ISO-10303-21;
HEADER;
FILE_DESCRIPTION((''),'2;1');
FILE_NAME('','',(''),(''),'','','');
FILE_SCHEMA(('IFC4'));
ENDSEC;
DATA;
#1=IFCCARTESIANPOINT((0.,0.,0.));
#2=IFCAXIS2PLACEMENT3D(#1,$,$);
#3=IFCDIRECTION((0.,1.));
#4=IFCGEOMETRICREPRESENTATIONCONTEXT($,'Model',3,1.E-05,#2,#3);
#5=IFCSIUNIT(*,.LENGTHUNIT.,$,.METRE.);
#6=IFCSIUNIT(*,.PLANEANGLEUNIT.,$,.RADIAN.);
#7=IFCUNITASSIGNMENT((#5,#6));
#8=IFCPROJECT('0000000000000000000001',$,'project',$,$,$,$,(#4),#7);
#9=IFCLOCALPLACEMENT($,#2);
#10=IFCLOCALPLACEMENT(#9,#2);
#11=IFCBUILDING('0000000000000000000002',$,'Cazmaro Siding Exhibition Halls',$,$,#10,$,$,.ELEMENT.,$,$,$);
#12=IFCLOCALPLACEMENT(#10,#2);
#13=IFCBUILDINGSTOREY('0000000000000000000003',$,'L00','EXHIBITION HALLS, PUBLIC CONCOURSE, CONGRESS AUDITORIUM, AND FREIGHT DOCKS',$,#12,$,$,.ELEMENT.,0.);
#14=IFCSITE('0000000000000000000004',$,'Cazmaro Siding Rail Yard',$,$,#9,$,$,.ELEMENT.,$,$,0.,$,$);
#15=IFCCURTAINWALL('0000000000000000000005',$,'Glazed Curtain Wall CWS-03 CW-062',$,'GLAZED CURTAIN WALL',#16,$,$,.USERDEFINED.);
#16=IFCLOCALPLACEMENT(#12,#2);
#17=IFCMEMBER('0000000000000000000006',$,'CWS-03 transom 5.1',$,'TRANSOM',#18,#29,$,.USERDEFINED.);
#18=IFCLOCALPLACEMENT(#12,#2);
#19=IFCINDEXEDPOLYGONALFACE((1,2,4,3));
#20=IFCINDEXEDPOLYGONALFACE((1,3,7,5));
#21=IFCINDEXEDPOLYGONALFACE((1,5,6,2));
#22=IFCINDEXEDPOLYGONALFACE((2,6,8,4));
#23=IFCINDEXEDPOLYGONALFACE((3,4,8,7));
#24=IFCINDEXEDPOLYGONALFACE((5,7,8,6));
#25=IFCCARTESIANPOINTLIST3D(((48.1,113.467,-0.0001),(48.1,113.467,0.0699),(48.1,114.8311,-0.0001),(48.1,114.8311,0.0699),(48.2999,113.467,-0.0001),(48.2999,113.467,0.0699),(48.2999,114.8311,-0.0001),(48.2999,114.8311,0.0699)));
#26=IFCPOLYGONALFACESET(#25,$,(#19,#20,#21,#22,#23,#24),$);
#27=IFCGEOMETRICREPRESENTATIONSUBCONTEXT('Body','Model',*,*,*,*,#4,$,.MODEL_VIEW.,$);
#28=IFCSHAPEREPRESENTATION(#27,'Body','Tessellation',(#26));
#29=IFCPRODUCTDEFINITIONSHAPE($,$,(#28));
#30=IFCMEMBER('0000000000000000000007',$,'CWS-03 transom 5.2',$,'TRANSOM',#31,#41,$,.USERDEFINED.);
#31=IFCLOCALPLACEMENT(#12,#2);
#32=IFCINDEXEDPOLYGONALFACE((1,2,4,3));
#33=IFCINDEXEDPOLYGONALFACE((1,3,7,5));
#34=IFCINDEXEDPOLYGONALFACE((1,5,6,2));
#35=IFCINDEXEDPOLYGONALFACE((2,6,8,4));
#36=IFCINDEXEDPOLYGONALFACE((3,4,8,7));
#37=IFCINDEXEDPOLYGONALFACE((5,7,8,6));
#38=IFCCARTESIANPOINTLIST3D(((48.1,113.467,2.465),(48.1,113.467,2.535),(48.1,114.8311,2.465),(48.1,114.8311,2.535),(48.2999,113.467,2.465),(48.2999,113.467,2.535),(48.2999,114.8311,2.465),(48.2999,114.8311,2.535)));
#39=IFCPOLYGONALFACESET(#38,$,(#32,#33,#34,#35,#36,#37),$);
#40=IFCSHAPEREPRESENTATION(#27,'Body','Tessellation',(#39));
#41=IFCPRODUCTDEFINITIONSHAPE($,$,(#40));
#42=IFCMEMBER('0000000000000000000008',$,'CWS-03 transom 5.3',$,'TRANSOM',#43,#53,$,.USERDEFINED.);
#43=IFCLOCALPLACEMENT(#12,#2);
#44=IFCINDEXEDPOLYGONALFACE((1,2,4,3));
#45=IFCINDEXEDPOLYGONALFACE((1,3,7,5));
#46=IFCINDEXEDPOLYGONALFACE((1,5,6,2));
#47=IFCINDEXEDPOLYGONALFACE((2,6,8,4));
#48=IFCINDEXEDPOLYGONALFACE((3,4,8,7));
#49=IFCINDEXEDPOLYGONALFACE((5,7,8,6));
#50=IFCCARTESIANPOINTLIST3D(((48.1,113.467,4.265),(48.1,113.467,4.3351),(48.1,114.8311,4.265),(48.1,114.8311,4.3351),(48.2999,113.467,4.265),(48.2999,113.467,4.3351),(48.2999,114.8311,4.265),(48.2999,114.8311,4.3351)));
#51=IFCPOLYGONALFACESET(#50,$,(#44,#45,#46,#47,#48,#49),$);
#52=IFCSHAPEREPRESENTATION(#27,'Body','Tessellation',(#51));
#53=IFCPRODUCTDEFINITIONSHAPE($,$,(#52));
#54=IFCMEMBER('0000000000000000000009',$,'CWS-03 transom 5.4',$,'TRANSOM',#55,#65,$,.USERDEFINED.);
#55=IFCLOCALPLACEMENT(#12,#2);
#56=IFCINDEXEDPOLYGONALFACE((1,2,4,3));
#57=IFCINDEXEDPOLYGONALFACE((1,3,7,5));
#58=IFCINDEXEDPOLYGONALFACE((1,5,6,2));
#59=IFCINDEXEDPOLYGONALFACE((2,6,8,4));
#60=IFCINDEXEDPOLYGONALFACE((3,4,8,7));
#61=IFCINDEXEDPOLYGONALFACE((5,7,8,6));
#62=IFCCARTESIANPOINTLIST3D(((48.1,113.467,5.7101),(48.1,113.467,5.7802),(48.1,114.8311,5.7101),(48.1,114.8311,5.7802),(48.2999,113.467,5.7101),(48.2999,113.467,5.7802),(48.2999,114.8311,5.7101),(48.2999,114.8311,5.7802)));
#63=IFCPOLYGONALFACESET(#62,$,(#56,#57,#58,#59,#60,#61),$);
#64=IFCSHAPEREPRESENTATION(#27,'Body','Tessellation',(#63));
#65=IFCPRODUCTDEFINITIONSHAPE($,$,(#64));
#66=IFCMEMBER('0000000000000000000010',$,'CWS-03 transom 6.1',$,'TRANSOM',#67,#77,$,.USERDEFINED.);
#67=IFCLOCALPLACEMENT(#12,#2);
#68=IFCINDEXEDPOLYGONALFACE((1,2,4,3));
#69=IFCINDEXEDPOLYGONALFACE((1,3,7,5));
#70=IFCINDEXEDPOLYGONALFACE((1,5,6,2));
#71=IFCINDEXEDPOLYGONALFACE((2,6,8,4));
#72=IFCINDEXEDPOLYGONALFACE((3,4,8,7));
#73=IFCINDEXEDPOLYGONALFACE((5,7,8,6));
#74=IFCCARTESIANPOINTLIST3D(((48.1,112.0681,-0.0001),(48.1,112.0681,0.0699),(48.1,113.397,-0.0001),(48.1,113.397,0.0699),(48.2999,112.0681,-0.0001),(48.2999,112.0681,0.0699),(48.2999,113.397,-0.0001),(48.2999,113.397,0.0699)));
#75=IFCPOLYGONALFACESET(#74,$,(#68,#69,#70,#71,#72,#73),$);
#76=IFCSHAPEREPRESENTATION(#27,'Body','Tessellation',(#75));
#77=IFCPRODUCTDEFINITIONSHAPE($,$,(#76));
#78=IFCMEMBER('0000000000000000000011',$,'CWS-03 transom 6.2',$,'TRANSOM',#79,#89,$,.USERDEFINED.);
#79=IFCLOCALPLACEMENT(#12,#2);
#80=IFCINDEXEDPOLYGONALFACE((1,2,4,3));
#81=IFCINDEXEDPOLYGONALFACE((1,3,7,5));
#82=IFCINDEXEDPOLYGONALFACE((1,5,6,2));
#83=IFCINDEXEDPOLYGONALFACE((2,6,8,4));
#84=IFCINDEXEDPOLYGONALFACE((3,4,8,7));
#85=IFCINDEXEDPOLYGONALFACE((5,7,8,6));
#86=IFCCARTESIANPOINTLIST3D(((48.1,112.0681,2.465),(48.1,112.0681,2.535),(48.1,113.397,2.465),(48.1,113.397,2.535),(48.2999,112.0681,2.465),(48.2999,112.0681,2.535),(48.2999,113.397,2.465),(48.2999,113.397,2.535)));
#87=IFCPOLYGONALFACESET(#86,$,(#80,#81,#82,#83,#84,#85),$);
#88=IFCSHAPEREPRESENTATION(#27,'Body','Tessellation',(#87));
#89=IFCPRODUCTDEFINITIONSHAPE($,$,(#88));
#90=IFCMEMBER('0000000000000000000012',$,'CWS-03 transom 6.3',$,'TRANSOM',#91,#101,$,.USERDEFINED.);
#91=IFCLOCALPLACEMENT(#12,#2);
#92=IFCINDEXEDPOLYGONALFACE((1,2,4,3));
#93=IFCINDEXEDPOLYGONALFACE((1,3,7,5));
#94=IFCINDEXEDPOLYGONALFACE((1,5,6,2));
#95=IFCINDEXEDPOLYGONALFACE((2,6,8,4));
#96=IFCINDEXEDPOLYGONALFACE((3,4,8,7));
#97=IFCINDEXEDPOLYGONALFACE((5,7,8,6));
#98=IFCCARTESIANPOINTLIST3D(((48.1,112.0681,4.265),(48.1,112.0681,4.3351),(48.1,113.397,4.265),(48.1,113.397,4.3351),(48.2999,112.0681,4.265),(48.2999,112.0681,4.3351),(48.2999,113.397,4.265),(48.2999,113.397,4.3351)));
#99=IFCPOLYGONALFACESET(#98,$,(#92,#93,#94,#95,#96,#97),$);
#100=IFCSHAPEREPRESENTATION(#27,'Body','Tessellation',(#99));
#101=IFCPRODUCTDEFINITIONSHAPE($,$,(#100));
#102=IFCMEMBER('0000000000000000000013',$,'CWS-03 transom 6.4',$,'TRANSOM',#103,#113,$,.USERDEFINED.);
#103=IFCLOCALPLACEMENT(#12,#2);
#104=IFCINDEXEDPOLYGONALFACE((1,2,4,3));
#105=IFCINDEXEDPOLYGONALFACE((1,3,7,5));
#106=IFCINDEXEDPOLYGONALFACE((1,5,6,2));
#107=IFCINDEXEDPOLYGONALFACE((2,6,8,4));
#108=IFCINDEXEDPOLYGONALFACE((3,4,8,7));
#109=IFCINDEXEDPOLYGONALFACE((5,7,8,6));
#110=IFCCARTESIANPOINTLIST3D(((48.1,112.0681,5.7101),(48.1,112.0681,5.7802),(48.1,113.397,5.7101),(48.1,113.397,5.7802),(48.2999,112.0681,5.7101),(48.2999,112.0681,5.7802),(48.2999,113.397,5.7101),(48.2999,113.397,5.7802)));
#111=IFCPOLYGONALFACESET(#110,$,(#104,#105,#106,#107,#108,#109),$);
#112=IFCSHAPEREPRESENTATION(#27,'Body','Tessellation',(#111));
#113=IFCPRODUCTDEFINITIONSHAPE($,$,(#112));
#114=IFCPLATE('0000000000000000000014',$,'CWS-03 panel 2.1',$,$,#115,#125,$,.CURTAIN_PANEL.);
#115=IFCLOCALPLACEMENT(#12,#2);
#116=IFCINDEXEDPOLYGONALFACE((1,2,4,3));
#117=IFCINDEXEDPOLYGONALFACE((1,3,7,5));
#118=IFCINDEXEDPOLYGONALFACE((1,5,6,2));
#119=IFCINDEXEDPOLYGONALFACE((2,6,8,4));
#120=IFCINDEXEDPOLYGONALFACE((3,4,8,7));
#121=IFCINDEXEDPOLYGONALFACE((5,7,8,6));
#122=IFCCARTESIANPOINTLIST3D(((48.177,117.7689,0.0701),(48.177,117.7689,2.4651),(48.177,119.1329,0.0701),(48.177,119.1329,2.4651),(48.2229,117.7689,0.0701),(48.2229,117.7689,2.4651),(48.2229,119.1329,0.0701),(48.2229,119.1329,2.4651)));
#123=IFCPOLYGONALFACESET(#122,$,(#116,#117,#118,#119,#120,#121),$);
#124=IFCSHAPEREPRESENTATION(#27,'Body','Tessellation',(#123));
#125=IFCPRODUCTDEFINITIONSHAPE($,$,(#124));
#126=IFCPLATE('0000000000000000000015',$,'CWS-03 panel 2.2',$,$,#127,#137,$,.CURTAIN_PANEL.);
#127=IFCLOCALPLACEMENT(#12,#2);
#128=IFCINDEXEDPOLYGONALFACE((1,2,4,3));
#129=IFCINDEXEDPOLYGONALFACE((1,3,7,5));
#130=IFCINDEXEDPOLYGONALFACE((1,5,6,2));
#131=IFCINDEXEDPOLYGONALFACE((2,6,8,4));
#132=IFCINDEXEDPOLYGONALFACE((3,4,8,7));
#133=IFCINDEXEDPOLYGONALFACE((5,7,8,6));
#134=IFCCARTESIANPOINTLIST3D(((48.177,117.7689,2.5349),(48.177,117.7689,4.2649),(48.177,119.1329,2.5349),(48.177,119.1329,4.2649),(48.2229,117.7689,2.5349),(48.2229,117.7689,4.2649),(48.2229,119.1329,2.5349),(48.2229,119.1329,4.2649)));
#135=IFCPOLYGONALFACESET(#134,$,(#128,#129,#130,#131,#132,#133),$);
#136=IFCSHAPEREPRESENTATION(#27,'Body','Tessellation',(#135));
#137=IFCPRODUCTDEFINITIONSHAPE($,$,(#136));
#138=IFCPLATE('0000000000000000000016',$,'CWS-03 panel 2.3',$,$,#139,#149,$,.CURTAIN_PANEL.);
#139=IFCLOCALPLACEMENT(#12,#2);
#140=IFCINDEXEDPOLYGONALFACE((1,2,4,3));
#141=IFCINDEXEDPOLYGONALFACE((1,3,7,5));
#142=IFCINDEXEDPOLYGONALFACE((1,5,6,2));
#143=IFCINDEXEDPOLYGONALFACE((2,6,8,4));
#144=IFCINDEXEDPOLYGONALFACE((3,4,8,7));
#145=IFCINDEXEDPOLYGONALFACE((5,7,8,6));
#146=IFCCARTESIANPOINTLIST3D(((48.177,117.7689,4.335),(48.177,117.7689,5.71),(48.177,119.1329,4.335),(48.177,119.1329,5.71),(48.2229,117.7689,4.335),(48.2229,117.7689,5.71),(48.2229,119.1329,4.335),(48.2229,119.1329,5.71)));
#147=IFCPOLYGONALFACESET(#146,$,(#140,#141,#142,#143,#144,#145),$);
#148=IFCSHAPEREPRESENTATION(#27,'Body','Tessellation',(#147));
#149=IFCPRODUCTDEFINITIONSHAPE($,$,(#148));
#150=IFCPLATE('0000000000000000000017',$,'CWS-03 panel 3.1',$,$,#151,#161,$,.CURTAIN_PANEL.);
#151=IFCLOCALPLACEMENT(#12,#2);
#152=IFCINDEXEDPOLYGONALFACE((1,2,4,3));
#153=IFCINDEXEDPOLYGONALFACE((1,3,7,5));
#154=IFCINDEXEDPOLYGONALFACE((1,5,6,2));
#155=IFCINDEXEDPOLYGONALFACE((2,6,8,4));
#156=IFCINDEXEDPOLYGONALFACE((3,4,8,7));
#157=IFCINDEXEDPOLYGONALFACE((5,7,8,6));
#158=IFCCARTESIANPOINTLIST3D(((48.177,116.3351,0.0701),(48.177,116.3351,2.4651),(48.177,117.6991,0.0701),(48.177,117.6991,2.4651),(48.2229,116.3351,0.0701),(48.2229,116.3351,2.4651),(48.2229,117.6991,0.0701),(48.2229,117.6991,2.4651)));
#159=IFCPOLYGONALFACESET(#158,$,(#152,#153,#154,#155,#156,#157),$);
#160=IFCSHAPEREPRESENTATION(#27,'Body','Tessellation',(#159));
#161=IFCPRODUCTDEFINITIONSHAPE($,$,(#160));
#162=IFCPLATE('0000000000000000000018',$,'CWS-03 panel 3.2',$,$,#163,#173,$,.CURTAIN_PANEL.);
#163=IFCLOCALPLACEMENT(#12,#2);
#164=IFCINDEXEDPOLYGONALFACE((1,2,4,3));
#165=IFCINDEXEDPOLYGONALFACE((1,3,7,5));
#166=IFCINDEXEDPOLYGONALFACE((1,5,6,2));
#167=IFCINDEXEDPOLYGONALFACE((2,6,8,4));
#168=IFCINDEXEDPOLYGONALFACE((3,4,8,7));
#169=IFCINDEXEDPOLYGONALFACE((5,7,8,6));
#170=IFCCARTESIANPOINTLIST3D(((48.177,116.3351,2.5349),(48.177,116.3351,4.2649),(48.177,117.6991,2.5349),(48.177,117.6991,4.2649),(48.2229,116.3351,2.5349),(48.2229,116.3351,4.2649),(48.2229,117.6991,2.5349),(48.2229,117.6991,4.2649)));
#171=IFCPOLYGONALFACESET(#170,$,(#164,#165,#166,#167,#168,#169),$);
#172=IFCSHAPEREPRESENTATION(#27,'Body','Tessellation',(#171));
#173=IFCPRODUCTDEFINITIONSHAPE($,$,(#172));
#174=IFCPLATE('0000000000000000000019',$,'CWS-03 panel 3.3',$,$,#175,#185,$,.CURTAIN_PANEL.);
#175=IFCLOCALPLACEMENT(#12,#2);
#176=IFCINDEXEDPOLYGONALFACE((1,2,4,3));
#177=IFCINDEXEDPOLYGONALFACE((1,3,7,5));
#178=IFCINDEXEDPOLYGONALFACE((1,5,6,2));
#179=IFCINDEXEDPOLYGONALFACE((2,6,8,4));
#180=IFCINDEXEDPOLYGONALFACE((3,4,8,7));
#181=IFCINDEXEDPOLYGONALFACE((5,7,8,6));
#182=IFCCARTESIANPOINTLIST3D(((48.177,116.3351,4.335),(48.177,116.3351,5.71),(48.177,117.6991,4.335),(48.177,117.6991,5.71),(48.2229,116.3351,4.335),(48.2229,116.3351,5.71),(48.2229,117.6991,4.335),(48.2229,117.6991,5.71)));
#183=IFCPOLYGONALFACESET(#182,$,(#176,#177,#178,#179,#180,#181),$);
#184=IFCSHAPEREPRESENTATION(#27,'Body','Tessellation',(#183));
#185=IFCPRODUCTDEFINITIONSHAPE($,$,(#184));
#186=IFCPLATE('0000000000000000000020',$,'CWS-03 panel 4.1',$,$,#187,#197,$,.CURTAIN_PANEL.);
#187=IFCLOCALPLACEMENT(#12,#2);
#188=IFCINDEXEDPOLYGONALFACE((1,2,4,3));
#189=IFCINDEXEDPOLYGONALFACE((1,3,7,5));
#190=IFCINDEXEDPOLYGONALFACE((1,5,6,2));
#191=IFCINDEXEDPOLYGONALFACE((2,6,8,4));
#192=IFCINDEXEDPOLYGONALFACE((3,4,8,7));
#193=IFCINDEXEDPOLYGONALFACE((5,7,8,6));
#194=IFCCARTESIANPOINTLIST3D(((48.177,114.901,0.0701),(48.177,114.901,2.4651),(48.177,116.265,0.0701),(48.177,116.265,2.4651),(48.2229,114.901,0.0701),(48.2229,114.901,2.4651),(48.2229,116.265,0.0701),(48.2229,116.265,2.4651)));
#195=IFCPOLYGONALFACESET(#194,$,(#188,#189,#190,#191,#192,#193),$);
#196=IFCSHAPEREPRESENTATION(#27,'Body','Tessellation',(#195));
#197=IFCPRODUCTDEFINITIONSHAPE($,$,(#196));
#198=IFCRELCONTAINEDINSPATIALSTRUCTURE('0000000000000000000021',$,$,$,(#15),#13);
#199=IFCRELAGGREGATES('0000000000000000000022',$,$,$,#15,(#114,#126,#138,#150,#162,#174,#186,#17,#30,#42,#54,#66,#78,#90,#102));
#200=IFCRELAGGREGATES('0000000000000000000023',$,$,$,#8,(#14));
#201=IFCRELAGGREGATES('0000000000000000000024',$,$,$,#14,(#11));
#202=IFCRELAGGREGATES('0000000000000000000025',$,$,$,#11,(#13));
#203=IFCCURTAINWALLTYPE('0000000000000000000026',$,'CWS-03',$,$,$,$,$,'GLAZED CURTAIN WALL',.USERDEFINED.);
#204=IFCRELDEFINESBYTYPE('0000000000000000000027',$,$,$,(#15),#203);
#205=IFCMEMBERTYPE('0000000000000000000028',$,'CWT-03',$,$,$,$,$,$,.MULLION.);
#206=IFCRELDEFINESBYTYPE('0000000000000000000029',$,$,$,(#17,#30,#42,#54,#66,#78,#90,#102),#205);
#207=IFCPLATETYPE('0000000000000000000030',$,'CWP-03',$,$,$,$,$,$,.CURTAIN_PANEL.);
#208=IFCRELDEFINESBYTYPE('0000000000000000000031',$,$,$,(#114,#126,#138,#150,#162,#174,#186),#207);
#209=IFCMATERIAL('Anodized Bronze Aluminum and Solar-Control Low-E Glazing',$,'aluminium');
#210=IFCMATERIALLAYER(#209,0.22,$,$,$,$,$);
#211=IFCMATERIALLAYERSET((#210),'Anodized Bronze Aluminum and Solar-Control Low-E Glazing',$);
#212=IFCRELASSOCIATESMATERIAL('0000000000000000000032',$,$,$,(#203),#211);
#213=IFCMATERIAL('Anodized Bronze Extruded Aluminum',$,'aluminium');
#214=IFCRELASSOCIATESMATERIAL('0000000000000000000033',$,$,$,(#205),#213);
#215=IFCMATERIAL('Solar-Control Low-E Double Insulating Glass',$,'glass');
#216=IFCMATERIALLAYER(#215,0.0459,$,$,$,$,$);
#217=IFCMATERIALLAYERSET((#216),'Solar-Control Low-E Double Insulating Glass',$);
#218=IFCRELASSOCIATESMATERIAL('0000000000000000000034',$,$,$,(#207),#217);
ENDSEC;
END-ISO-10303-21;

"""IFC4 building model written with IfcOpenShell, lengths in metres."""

from ifc_helpers import new_model, si_unit, direction, frame, origin, origin_2d, place, context, subcontext, project, spatial, rectangle, extrude, material, layer, layer_set, material_profile, profile_set, type_object, element, aggregate, save


model = new_model("IFC4")

# Units and contexts
model_context = context("Model", 3, precision=1e-05, world=origin(), true_north=direction((0.0, 1.0)))
body_context = subcontext(model_context, "Body", "Model", "MODEL_VIEW")
ifc_project = project(units=[si_unit("LENGTHUNIT", "METRE"), si_unit("PLANEANGLEUNIT", "RADIAN")], contexts=[model_context])

# Site, building, storey
site_placement = place(None, origin())
site = spatial("IfcSite", under=ifc_project, at=site_placement, Name="Cazmaro Siding Rail Yard", CompositionType="ELEMENT", RefElevation=0.0)
building_placement = place(site_placement, origin())
building = spatial("IfcBuilding", under=site, at=building_placement, Name="Cazmaro Siding Exhibition Halls", CompositionType="ELEMENT")
storey_placement = place(building_placement, origin())
storey = spatial("IfcBuildingStorey", under=building, at=storey_placement, Name="L00", Description="EXHIBITION HALLS, PUBLIC CONCOURSE, CONGRESS AUDITORIUM, AND FREIGHT DOCKS", CompositionType="ELEMENT", Elevation=0.0)

# Curtain wall, members, plates
ifc_material_1 = material(Name="Anodized Bronze Aluminum and Solar-Control Low-E Glazing", Category="aluminium")
ifc_layer_1 = layer(ifc_material_1, 0.22)
ifc_layer_set_1 = layer_set([ifc_layer_1], Name="Anodized Bronze Aluminum and Solar-Control Low-E Glazing")
curtain_wall_type = type_object("IfcCurtainWallType", Name="CWS-03", ElementType="GLAZED CURTAIN WALL", PredefinedType="USERDEFINED", material=ifc_layer_set_1)
curtain_wall_placement = place(storey_placement, origin())
curtain_wall = element("IfcCurtainWall", 1, at=curtain_wall_placement, inside=storey, type_object=curtain_wall_type, Name="Glazed Curtain Wall CWS-03 CW-062", ObjectType="GLAZED CURTAIN WALL", PredefinedType="USERDEFINED")
ifc_material_2 = material(Name="Anodized Bronze Extruded Aluminum", Category="aluminium")
ifc_material_profile_1 = material_profile(ifc_material_2, rectangle(XDim=0.2, YDim=0.0701, at=origin_2d()), Name="CWT-03")
ifc_profile_set_1 = profile_set([ifc_material_profile_1], Name="Anodized Bronze Extruded Aluminum")
member_type_1 = type_object("IfcMemberType", Name="CWT-03", PredefinedType="MULLION", material=ifc_profile_set_1)
member_1_placement = place(storey_placement, frame((48.2, 114.8311, 0.0349), z_axis=(0.0, -1.0, 0.0), x_axis=(1.0, 0.0, 0.0)))
member_1 = element("IfcMember", 2, at=member_1_placement, type_object=member_type_1, Name="CWS-03 transom 5.1", ObjectType="TRANSOM", PredefinedType="USERDEFINED", context=body_context, shape_type="SweptSolid", body=[
    extrude(rectangle(XDim=0.2, YDim=0.0701, at=origin_2d()), origin(), (0.0, 0.0, 1.0), 1.364),
])
member_2_placement = place(storey_placement, frame((48.2, 114.8311, 2.5), z_axis=(0.0, -1.0, 0.0), x_axis=(1.0, 0.0, 0.0)))
member_2 = element("IfcMember", 3, at=member_2_placement, type_object=member_type_1, Name="CWS-03 transom 5.2", ObjectType="TRANSOM", PredefinedType="USERDEFINED", context=body_context, shape_type="SweptSolid", body=[
    extrude(rectangle(XDim=0.2, YDim=0.0701, at=origin_2d()), origin(), (0.0, 0.0, 1.0), 1.364),
])
member_3_placement = place(storey_placement, frame((48.2, 114.8311, 4.3), z_axis=(0.0, -1.0, 0.0), x_axis=(1.0, 0.0, 0.0)))
member_3 = element("IfcMember", 4, at=member_3_placement, type_object=member_type_1, Name="CWS-03 transom 5.3", ObjectType="TRANSOM", PredefinedType="USERDEFINED", context=body_context, shape_type="SweptSolid", body=[
    extrude(rectangle(XDim=0.2, YDim=0.0701, at=origin_2d()), origin(), (0.0, 0.0, 1.0), 1.364),
])
member_4_placement = place(storey_placement, frame((48.2, 114.8311, 5.7451), z_axis=(0.0, -1.0, 0.0), x_axis=(1.0, 0.0, 0.0)))
member_4 = element("IfcMember", 5, at=member_4_placement, type_object=member_type_1, Name="CWS-03 transom 5.4", ObjectType="TRANSOM", PredefinedType="USERDEFINED", context=body_context, shape_type="SweptSolid", body=[
    extrude(rectangle(XDim=0.2, YDim=0.0701, at=origin_2d()), origin(), (0.0, 0.0, 1.0), 1.364),
])
member_5_placement = place(storey_placement, frame((48.2, 113.397, 0.0349), z_axis=(0.0, -1.0, 0.0), x_axis=(1.0, 0.0, 0.0)))
member_5 = element("IfcMember", 6, at=member_5_placement, type_object=member_type_1, Name="CWS-03 transom 6.1", ObjectType="TRANSOM", PredefinedType="USERDEFINED", context=body_context, shape_type="SweptSolid", body=[
    extrude(rectangle(XDim=0.2, YDim=0.0701, at=origin_2d()), origin(), (0.0, 0.0, 1.0), 1.3289),
])
member_6_placement = place(storey_placement, frame((48.2, 113.397, 2.5), z_axis=(0.0, -1.0, 0.0), x_axis=(1.0, 0.0, 0.0)))
member_6 = element("IfcMember", 7, at=member_6_placement, type_object=member_type_1, Name="CWS-03 transom 6.2", ObjectType="TRANSOM", PredefinedType="USERDEFINED", context=body_context, shape_type="SweptSolid", body=[
    extrude(rectangle(XDim=0.2, YDim=0.0701, at=origin_2d()), origin(), (0.0, 0.0, 1.0), 1.3289),
])
member_7_placement = place(storey_placement, frame((48.2, 113.397, 4.3), z_axis=(0.0, -1.0, 0.0), x_axis=(1.0, 0.0, 0.0)))
member_7 = element("IfcMember", 8, at=member_7_placement, type_object=member_type_1, Name="CWS-03 transom 6.3", ObjectType="TRANSOM", PredefinedType="USERDEFINED", context=body_context, shape_type="SweptSolid", body=[
    extrude(rectangle(XDim=0.2, YDim=0.0701, at=origin_2d()), origin(), (0.0, 0.0, 1.0), 1.3289),
])
member_8_placement = place(storey_placement, frame((48.2, 113.397, 5.7451), z_axis=(0.0, -1.0, 0.0), x_axis=(1.0, 0.0, 0.0)))
member_8 = element("IfcMember", 9, at=member_8_placement, type_object=member_type_1, Name="CWS-03 transom 6.4", ObjectType="TRANSOM", PredefinedType="USERDEFINED", context=body_context, shape_type="SweptSolid", body=[
    extrude(rectangle(XDim=0.2, YDim=0.0701, at=origin_2d()), origin(), (0.0, 0.0, 1.0), 1.3289),
])
ifc_material_3 = material(Name="Solar-Control Low-E Double Insulating Glass", Category="glass")
ifc_layer_2 = layer(ifc_material_3, 0.0459)
ifc_layer_set_2 = layer_set([ifc_layer_2], Name="Solar-Control Low-E Double Insulating Glass")
plate_type = type_object("IfcPlateType", Name="CWP-03", PredefinedType="CURTAIN_PANEL", material=ifc_layer_set_2)
plate_1_placement = place(storey_placement, frame((48.2, 118.4509, 0.0701), z_axis=(0.0, 0.0, 1.0), x_axis=(0.0, -1.0, 0.0)))
plate_1 = element("IfcPlate", 10, at=plate_1_placement, type_object=plate_type, Name="CWS-03 panel 2.1", PredefinedType="CURTAIN_PANEL", context=body_context, shape_type="SweptSolid", body=[
    extrude(rectangle(XDim=1.364, YDim=0.0459, at=origin_2d()), origin(), (0.0, 0.0, 1.0), 2.395),
])
plate_2_placement = place(storey_placement, frame((48.2, 118.4509, 2.5349), z_axis=(0.0, 0.0, 1.0), x_axis=(0.0, -1.0, 0.0)))
plate_2 = element("IfcPlate", 11, at=plate_2_placement, type_object=plate_type, Name="CWS-03 panel 2.2", PredefinedType="CURTAIN_PANEL", context=body_context, shape_type="SweptSolid", body=[
    extrude(rectangle(XDim=1.364, YDim=0.0459, at=origin_2d()), origin(), (0.0, 0.0, 1.0), 1.73),
])
plate_3_placement = place(storey_placement, frame((48.2, 118.4509, 4.335), z_axis=(0.0, 0.0, 1.0), x_axis=(0.0, -1.0, 0.0)))
plate_3 = element("IfcPlate", 12, at=plate_3_placement, type_object=plate_type, Name="CWS-03 panel 2.3", PredefinedType="CURTAIN_PANEL", context=body_context, shape_type="SweptSolid", body=[
    extrude(rectangle(XDim=1.364, YDim=0.0459, at=origin_2d()), origin(), (0.0, 0.0, 1.0), 1.375),
])
plate_4_placement = place(storey_placement, frame((48.2, 117.0171, 0.0701), z_axis=(0.0, 0.0, 1.0), x_axis=(0.0, -1.0, 0.0)))
plate_4 = element("IfcPlate", 13, at=plate_4_placement, type_object=plate_type, Name="CWS-03 panel 3.1", PredefinedType="CURTAIN_PANEL", context=body_context, shape_type="SweptSolid", body=[
    extrude(rectangle(XDim=1.364, YDim=0.0459, at=origin_2d()), origin(), (0.0, 0.0, 1.0), 2.395),
])
plate_5_placement = place(storey_placement, frame((48.2, 117.0171, 2.5349), z_axis=(0.0, 0.0, 1.0), x_axis=(0.0, -1.0, 0.0)))
plate_5 = element("IfcPlate", 14, at=plate_5_placement, type_object=plate_type, Name="CWS-03 panel 3.2", PredefinedType="CURTAIN_PANEL", context=body_context, shape_type="SweptSolid", body=[
    extrude(rectangle(XDim=1.364, YDim=0.0459, at=origin_2d()), origin(), (0.0, 0.0, 1.0), 1.73),
])
plate_6_placement = place(storey_placement, frame((48.2, 117.0171, 4.335), z_axis=(0.0, 0.0, 1.0), x_axis=(0.0, -1.0, 0.0)))
plate_6 = element("IfcPlate", 15, at=plate_6_placement, type_object=plate_type, Name="CWS-03 panel 3.3", PredefinedType="CURTAIN_PANEL", context=body_context, shape_type="SweptSolid", body=[
    extrude(rectangle(XDim=1.364, YDim=0.0459, at=origin_2d()), origin(), (0.0, 0.0, 1.0), 1.375),
])
plate_7_placement = place(storey_placement, frame((48.2, 115.583, 0.0701), z_axis=(0.0, 0.0, 1.0), x_axis=(0.0, -1.0, 0.0)))
plate_7 = element("IfcPlate", 16, at=plate_7_placement, type_object=plate_type, Name="CWS-03 panel 4.1", PredefinedType="CURTAIN_PANEL", context=body_context, shape_type="SweptSolid", body=[
    extrude(rectangle(XDim=1.364, YDim=0.0459, at=origin_2d()), origin(), (0.0, 0.0, 1.0), 2.395),
])
aggregate(curtain_wall, [plate_1, plate_2, plate_3, plate_4, plate_5, plate_6, plate_7, member_1, member_2, member_3, member_4, member_5, member_6, member_7, member_8])

save(model, "model.ifc")
